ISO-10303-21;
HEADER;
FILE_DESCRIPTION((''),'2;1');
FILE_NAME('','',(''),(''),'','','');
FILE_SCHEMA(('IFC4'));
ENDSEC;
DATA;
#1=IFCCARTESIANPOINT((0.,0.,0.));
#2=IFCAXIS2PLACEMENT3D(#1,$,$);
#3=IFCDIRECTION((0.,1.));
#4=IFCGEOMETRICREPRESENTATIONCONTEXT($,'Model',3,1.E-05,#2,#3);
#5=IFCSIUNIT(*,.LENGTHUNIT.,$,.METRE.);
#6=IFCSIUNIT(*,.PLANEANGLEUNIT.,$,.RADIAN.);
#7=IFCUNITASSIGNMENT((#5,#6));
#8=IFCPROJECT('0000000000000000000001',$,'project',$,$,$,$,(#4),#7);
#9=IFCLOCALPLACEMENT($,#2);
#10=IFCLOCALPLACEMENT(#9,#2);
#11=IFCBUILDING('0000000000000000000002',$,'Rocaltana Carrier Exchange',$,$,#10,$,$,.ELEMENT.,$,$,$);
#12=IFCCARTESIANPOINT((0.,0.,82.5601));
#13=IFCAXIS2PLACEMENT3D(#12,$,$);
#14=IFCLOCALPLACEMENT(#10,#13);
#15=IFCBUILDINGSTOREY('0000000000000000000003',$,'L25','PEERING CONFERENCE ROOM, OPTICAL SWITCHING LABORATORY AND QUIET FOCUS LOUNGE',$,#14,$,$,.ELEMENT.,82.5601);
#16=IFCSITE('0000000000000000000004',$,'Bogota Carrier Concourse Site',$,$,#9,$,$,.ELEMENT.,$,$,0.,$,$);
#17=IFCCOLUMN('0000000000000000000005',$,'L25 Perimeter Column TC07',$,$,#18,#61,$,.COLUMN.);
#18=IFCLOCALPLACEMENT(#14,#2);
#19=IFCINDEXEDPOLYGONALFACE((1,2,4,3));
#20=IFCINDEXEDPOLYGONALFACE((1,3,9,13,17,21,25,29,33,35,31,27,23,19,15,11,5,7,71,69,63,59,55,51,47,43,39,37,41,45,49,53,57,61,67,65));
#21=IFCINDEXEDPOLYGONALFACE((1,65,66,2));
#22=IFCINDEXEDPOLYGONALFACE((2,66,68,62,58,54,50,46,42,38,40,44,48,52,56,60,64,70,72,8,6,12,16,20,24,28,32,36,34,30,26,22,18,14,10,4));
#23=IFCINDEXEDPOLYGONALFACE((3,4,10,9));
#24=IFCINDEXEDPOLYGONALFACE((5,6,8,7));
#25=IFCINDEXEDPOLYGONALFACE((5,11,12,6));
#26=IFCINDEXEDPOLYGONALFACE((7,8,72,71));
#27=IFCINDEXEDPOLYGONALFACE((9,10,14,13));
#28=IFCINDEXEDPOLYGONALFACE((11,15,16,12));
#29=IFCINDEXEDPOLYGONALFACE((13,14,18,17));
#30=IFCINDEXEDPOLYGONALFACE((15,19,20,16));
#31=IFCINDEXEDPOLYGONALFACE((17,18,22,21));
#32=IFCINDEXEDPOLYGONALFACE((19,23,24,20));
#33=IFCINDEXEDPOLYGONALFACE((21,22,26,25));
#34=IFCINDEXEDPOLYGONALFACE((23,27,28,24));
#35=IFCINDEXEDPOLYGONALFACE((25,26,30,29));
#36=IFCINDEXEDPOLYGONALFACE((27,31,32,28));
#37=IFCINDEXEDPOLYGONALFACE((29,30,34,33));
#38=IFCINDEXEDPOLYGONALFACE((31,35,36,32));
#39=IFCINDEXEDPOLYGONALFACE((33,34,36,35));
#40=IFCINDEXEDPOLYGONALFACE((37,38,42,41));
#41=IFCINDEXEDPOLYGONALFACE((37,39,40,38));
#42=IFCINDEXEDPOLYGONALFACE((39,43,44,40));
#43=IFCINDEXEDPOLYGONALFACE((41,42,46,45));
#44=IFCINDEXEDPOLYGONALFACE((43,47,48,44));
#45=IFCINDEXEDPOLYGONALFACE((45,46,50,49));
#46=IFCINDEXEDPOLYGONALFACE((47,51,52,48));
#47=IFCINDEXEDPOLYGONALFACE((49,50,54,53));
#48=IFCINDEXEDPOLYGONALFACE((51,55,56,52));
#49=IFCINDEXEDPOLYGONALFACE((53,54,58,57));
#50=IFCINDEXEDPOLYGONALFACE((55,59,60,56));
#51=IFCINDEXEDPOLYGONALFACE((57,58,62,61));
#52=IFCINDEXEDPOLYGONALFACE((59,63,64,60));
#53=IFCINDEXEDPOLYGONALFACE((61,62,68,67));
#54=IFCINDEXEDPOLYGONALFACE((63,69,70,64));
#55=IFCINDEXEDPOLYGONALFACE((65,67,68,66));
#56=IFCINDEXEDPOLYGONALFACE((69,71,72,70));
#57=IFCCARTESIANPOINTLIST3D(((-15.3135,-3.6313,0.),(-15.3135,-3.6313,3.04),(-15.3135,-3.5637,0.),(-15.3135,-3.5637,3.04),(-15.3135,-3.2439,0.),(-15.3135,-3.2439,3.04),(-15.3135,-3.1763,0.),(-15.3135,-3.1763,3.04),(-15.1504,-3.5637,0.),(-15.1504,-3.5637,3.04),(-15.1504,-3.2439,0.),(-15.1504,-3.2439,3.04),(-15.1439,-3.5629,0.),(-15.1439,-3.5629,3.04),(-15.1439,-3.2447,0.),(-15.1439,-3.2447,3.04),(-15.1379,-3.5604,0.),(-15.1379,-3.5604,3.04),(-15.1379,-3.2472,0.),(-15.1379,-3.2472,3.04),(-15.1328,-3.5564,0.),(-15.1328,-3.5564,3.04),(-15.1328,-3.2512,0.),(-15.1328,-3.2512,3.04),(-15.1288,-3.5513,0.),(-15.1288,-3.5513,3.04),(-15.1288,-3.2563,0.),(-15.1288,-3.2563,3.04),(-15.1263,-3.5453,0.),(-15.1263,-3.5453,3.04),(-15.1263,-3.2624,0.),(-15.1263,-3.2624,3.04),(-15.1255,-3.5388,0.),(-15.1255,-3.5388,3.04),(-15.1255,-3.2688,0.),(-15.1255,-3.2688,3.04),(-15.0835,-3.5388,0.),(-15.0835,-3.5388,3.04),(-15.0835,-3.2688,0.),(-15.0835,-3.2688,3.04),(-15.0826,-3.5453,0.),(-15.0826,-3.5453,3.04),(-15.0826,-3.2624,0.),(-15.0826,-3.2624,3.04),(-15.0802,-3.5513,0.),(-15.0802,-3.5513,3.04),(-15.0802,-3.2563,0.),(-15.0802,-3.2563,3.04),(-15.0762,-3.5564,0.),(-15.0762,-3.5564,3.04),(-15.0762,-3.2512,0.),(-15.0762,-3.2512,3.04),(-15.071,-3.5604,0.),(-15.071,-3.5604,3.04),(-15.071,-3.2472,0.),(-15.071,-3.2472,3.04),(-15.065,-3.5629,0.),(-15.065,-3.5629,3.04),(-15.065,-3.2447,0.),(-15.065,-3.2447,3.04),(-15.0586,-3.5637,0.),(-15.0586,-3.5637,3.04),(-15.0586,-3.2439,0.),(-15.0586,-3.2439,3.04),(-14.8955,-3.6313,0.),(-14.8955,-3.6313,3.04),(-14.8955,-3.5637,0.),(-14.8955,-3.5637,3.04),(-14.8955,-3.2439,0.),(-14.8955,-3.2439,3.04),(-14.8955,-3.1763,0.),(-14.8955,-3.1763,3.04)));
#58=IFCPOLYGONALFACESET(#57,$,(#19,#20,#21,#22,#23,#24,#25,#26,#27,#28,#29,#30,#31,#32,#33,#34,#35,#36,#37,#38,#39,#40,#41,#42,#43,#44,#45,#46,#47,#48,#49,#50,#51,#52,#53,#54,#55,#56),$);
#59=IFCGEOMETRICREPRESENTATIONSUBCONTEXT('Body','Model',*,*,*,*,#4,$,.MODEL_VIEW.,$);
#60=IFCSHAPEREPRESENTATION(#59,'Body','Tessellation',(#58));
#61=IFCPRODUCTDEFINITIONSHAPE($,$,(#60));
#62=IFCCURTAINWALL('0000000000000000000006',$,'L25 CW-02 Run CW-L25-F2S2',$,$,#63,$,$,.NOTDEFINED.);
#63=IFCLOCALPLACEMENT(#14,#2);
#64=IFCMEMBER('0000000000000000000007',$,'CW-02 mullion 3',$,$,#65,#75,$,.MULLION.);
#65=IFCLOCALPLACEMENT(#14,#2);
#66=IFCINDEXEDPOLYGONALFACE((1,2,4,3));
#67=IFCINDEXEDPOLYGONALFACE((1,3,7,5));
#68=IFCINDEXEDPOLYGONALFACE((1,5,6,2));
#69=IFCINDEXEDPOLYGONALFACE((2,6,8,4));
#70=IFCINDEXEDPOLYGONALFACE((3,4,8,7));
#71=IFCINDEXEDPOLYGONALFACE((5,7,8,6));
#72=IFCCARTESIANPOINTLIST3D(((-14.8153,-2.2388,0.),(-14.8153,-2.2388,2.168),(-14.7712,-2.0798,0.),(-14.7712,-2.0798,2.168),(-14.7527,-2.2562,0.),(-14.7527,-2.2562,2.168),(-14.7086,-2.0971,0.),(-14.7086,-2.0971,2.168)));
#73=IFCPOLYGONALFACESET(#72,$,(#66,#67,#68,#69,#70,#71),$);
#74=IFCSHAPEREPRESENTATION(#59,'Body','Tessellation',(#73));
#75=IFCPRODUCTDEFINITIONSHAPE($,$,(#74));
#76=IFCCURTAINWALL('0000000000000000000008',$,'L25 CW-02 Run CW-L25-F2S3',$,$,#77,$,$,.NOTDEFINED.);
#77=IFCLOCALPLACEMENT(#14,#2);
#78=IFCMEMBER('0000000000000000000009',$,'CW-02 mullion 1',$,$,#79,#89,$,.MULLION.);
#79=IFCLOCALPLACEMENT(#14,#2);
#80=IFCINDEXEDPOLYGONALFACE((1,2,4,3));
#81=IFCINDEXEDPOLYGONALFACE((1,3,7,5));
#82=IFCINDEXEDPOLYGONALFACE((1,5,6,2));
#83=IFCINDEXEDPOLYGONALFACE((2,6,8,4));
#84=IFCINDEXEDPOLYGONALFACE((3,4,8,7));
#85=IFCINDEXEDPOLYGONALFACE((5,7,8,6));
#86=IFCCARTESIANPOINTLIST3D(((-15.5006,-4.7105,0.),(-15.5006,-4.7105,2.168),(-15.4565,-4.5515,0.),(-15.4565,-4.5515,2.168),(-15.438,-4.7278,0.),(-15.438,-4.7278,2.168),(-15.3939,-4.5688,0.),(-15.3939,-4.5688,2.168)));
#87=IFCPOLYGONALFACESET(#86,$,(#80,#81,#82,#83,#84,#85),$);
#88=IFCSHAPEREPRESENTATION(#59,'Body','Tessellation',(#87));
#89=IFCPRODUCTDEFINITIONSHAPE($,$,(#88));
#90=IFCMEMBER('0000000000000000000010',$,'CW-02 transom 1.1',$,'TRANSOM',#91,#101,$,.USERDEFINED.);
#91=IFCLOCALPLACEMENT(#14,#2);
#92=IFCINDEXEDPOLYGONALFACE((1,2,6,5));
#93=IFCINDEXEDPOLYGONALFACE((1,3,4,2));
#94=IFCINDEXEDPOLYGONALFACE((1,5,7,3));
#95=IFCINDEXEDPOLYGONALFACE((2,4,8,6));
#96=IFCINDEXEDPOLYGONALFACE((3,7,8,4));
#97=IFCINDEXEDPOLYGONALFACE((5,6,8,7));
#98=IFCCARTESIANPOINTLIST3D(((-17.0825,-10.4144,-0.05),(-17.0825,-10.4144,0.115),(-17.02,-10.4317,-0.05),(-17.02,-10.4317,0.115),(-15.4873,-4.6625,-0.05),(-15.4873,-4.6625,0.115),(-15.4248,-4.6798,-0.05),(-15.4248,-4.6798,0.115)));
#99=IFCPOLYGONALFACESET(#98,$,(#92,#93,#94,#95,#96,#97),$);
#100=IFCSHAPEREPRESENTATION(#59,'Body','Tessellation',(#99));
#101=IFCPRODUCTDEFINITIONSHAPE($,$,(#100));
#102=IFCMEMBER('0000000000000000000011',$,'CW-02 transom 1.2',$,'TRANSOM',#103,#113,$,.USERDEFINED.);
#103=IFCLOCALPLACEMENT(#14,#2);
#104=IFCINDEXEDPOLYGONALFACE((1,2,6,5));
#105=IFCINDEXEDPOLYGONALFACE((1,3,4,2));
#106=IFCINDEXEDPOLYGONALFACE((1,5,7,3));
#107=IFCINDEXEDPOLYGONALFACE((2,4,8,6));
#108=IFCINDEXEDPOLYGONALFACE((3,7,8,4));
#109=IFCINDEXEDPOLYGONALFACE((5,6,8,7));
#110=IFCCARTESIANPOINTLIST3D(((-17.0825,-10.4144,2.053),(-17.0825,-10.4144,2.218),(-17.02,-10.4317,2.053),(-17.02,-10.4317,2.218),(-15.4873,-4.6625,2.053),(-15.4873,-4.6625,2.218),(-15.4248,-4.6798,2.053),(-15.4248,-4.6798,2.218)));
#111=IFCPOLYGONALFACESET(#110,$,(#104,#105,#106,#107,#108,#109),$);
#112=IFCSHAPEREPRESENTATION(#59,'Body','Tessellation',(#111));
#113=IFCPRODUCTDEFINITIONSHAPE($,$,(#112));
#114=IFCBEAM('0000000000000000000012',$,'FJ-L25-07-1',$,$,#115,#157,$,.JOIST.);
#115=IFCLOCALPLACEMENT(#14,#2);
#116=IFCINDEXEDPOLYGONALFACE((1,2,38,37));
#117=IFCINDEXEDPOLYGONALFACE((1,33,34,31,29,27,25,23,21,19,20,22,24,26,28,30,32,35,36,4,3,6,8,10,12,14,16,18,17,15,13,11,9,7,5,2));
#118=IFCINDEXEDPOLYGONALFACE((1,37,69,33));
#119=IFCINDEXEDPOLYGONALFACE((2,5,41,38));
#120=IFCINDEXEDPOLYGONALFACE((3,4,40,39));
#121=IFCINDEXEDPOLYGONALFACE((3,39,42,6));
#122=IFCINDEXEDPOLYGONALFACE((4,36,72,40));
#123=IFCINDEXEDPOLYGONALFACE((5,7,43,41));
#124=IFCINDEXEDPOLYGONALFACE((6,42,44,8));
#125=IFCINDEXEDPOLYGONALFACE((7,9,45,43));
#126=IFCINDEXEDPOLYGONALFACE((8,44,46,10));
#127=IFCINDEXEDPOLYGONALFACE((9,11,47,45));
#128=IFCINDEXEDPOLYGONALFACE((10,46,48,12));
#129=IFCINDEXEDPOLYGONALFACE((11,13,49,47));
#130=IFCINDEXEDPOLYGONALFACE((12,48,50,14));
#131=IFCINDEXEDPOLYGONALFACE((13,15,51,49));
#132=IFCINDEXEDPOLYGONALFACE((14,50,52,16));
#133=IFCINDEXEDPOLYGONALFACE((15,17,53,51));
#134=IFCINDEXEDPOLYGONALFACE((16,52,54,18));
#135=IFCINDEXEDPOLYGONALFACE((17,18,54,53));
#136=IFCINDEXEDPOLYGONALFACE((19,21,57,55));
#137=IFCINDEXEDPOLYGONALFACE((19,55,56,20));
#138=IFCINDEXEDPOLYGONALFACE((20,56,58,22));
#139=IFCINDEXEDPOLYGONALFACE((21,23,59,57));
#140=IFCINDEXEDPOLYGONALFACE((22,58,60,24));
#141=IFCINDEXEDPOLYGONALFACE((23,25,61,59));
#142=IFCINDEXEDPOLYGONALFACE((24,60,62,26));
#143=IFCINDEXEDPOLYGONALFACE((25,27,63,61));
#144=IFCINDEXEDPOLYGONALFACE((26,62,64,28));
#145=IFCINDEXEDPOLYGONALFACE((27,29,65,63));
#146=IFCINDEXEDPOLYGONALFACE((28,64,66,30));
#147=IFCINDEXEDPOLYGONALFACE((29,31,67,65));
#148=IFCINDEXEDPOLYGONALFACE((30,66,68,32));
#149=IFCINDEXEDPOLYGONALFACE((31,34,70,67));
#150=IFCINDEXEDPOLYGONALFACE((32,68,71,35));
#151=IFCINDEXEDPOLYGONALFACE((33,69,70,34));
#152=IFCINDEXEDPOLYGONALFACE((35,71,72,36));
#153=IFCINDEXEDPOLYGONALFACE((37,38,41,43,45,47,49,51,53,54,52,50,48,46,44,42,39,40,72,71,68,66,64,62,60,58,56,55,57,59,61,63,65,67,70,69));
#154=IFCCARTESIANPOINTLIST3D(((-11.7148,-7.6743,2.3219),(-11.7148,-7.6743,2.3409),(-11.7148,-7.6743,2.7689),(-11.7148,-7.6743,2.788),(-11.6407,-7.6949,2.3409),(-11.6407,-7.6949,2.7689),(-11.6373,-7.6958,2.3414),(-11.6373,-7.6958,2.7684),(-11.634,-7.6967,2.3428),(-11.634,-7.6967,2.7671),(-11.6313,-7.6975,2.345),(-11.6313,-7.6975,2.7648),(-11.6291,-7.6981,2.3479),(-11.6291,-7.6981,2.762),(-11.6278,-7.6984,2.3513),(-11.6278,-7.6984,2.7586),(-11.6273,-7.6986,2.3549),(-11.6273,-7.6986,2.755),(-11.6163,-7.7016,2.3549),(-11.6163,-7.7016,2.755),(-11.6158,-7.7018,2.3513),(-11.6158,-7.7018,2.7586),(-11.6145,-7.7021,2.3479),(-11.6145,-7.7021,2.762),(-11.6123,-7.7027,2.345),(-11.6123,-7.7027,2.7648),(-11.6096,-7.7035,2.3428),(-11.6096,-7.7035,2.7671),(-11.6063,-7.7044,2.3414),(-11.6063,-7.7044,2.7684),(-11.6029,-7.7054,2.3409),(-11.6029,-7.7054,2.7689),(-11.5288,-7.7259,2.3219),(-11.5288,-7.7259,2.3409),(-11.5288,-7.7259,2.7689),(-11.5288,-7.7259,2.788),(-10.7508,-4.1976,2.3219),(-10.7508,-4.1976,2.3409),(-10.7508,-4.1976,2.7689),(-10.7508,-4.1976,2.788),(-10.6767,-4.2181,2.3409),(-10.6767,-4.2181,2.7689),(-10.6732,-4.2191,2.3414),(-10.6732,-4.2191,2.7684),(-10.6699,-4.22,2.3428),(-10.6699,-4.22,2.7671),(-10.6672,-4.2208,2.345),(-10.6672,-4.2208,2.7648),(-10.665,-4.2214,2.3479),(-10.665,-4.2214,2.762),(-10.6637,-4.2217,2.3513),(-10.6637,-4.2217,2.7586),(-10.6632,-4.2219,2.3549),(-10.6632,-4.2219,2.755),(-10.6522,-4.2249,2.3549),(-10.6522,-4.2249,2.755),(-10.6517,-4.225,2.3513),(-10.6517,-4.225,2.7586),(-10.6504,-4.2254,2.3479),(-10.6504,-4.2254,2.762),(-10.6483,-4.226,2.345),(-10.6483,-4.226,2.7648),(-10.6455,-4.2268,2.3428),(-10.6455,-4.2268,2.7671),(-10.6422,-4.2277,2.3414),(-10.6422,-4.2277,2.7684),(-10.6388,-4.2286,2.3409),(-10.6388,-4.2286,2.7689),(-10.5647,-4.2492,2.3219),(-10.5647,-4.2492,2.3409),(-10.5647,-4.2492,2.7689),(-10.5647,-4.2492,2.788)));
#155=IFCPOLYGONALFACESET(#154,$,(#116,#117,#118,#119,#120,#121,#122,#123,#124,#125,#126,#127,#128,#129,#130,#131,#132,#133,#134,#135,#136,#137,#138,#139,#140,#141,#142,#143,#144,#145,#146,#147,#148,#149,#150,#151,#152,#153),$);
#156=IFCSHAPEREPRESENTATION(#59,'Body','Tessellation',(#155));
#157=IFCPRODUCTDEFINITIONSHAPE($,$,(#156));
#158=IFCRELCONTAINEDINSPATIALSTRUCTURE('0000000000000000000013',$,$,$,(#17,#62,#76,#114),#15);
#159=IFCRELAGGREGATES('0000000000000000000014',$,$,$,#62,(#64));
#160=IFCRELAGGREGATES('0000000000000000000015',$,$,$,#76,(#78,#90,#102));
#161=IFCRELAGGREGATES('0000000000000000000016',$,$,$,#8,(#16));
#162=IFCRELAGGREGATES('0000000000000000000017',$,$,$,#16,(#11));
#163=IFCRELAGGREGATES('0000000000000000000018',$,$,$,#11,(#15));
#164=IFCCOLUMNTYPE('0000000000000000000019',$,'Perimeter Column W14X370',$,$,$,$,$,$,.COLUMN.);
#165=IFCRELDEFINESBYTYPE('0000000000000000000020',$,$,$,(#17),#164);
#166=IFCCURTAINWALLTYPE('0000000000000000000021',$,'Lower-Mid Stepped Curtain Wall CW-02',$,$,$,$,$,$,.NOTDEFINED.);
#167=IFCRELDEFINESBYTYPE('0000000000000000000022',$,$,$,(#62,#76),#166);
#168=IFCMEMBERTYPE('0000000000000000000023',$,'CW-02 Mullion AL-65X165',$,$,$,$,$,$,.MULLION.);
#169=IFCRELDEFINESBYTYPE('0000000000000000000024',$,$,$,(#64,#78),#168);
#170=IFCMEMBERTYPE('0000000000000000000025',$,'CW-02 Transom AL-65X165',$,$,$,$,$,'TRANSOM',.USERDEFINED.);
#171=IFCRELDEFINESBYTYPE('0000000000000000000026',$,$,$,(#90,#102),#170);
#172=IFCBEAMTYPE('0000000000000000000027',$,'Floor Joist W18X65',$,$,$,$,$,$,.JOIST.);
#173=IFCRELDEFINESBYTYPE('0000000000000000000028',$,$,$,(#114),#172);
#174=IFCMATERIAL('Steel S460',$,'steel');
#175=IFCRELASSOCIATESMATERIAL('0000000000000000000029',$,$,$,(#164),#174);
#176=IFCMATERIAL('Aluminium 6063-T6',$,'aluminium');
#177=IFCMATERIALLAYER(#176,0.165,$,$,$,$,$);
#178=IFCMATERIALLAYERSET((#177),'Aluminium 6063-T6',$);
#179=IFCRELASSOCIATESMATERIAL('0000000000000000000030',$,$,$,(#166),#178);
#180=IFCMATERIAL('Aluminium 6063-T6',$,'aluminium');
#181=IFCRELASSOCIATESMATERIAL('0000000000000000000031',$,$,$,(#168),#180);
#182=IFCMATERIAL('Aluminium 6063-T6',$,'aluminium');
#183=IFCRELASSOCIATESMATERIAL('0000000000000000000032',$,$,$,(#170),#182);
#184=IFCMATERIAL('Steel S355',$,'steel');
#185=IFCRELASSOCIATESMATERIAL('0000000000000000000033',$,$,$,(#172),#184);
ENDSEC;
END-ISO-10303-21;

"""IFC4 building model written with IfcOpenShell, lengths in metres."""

from ifc_helpers import new_model, si_unit, direction, frame, origin, origin_2d, place, context, subcontext, project, spatial, rectangle, i_section, extrude, material, layer, layer_set, material_profile, profile_set, type_object, element, aggregate, save


model = new_model("IFC4")

# Units and contexts
model_context = context("Model", 3, precision=1e-05, world=origin(), true_north=direction((0.0, 1.0)))
body_context = subcontext(model_context, "Body", "Model", "MODEL_VIEW")
ifc_project = project(units=[si_unit("LENGTHUNIT", "METRE"), si_unit("PLANEANGLEUNIT", "RADIAN")], contexts=[model_context])

# Site, building, storey
site_placement = place(None, origin())
site = spatial("IfcSite", under=ifc_project, at=site_placement, Name="Bogota Carrier Concourse Site", CompositionType="ELEMENT", RefElevation=0.0)
building_placement = place(site_placement, origin())
building = spatial("IfcBuilding", under=site, at=building_placement, Name="Rocaltana Carrier Exchange", CompositionType="ELEMENT")
storey_placement = place(building_placement, frame((0.0, 0.0, 82.5601)))
storey = spatial("IfcBuildingStorey", under=building, at=storey_placement, Name="L25", Description="PEERING CONFERENCE ROOM, OPTICAL SWITCHING LABORATORY AND QUIET FOCUS LOUNGE", CompositionType="ELEMENT", Elevation=82.5601)

# Column
ifc_material_1 = material(Name="Steel S460", Category="steel")
ifc_material_profile_1 = material_profile(ifc_material_1, i_section(OverallWidth=0.418, OverallDepth=0.4551, WebThickness=0.042, FlangeThickness=0.0676, FilletRadius=0.0249, at=origin_2d()), Name="W14X370")
ifc_profile_set_1 = profile_set([ifc_material_profile_1], Name="Steel S460")
column_type = type_object("IfcColumnType", Name="Perimeter Column W14X370", PredefinedType="COLUMN", material=ifc_profile_set_1)
column_placement = place(storey_placement, frame((-15.1045, -3.4038, 0.0), z_axis=(0.0, 0.0, 1.0), x_axis=(1.0, 0.0, 0.0)))
element("IfcColumn", 1, at=column_placement, inside=storey, type_object=column_type, Name="L25 Perimeter Column TC07", PredefinedType="COLUMN", context=body_context, shape_type="SweptSolid", body=[
    extrude(i_section(OverallWidth=0.418, OverallDepth=0.4551, WebThickness=0.042, FlangeThickness=0.0676, FilletRadius=0.0249, at=origin_2d()), origin(), (0.0, 0.0, 1.0), 3.04),
])

# Curtain wall, member
ifc_material_2 = material(Name="Aluminium 6063-T6", Category="aluminium")
ifc_layer_1 = layer(ifc_material_2, 0.165)
ifc_layer_set_1 = layer_set([ifc_layer_1], Name="Aluminium 6063-T6")
curtain_wall_type = type_object("IfcCurtainWallType", Name="Lower-Mid Stepped Curtain Wall CW-02", PredefinedType="NOTDEFINED", material=ifc_layer_set_1)
curtain_wall_1_placement = place(storey_placement, origin())
curtain_wall_1 = element("IfcCurtainWall", 2, at=curtain_wall_1_placement, inside=storey, type_object=curtain_wall_type, Name="L25 CW-02 Run CW-L25-F2S2", PredefinedType="NOTDEFINED")
ifc_material_3 = material(Name="Aluminium 6063-T6", Category="aluminium")
ifc_material_profile_2 = material_profile(ifc_material_3, rectangle(XDim=0.0649, YDim=0.165, at=origin_2d()), Name="AL-65X165")
ifc_profile_set_2 = profile_set([ifc_material_profile_2], Name="Aluminium 6063-T6")
member_type_1 = type_object("IfcMemberType", Name="CW-02 Mullion AL-65X165", PredefinedType="MULLION", material=ifc_profile_set_2)
member_1_placement = place(storey_placement, frame((-14.762, -2.168, 0.0), z_axis=(0.0, 0.0, 1.0), x_axis=(0.963631, -0.267238, 0.0)))
member_1 = element("IfcMember", 3, at=member_1_placement, type_object=member_type_1, Name="CW-02 mullion 3", PredefinedType="MULLION", context=body_context, shape_type="SweptSolid", body=[
    extrude(rectangle(XDim=0.0649, YDim=0.165, at=origin_2d()), origin(), (0.0, 0.0, 1.0), 2.168),
])
aggregate(curtain_wall_1, [member_1])

# Curtain wall, members
curtain_wall_2_placement = place(storey_placement, origin())
curtain_wall_2 = element("IfcCurtainWall", 4, at=curtain_wall_2_placement, inside=storey, type_object=curtain_wall_type, Name="L25 CW-02 Run CW-L25-F2S3", PredefinedType="NOTDEFINED")
member_2_placement = place(storey_placement, frame((-15.4473, -4.6396, 0.0), z_axis=(0.0, 0.0, 1.0), x_axis=(0.963629, -0.267243, 0.0)))
member_2 = element("IfcMember", 5, at=member_2_placement, type_object=member_type_1, Name="CW-02 mullion 1", PredefinedType="MULLION", context=body_context, shape_type="SweptSolid", body=[
    extrude(rectangle(XDim=0.0649, YDim=0.165, at=origin_2d()), origin(), (0.0, 0.0, 1.0), 2.168),
])
ifc_material_4 = material(Name="Aluminium 6063-T6", Category="aluminium")
ifc_material_profile_3 = material_profile(ifc_material_4, rectangle(XDim=0.0649, YDim=0.165, at=origin_2d()), Name="AL-65X165")
ifc_profile_set_3 = profile_set([ifc_material_profile_3], Name="Aluminium 6063-T6")
member_type_2 = type_object("IfcMemberType", Name="CW-02 Transom AL-65X165", ElementType="TRANSOM", PredefinedType="USERDEFINED", material=ifc_profile_set_3)
member_3_placement = place(storey_placement, frame((-15.4561, -4.6711, 0.0325), z_axis=(-0.267247, -0.963628, 0.0), x_axis=(0.963628, -0.267247, 0.0)))
member_3 = element("IfcMember", 6, at=member_3_placement, type_object=member_type_2, Name="CW-02 transom 1.1", ObjectType="TRANSOM", PredefinedType="USERDEFINED", context=body_context, shape_type="SweptSolid", body=[
    extrude(rectangle(XDim=0.0649, YDim=0.165, at=origin_2d()), origin(), (0.0, 0.0, 1.0), 5.969),
])
member_4_placement = place(storey_placement, frame((-15.4561, -4.6711, 2.1355), z_axis=(-0.267247, -0.963628, 0.0), x_axis=(0.963628, -0.267247, 0.0)))
member_4 = element("IfcMember", 7, at=member_4_placement, type_object=member_type_2, Name="CW-02 transom 1.2", ObjectType="TRANSOM", PredefinedType="USERDEFINED", context=body_context, shape_type="SweptSolid", body=[
    extrude(rectangle(XDim=0.0649, YDim=0.165, at=origin_2d()), origin(), (0.0, 0.0, 1.0), 5.969),
])

# Beam
ifc_material_5 = material(Name="Steel S355", Category="steel")
ifc_material_profile_4 = material_profile(ifc_material_5, i_section(OverallWidth=0.1931, OverallDepth=0.4661, WebThickness=0.0115, FlangeThickness=0.019, FilletRadius=0.0139, at=origin_2d()), Name="W18X65")
ifc_profile_set_4 = profile_set([ifc_material_profile_4], Name="Steel S355")
beam_type_1 = type_object("IfcBeamType", Name="Floor Joist W18X65", PredefinedType="JOIST", material=ifc_profile_set_4)
beam_1_placement = place(storey_placement, frame((-10.6577, -4.2234, 2.5549), z_axis=(-0.267215, -0.963637, 0.0), x_axis=(0.963637, -0.267215, 0.0)))
element("IfcBeam", 8, at=beam_1_placement, inside=storey, type_object=beam_type_1, Name="FJ-L25-07-1", PredefinedType="JOIST", context=body_context, shape_type="SweptSolid", body=[
    extrude(i_section(OverallWidth=0.1931, OverallDepth=0.4661, WebThickness=0.0115, FlangeThickness=0.019, FilletRadius=0.0139, at=origin_2d()), origin(), (0.0, 0.0, 1.0), 3.6079),
])

aggregate(curtain_wall_2, [member_2, member_3, member_4])

save(model, "model.ifc")
